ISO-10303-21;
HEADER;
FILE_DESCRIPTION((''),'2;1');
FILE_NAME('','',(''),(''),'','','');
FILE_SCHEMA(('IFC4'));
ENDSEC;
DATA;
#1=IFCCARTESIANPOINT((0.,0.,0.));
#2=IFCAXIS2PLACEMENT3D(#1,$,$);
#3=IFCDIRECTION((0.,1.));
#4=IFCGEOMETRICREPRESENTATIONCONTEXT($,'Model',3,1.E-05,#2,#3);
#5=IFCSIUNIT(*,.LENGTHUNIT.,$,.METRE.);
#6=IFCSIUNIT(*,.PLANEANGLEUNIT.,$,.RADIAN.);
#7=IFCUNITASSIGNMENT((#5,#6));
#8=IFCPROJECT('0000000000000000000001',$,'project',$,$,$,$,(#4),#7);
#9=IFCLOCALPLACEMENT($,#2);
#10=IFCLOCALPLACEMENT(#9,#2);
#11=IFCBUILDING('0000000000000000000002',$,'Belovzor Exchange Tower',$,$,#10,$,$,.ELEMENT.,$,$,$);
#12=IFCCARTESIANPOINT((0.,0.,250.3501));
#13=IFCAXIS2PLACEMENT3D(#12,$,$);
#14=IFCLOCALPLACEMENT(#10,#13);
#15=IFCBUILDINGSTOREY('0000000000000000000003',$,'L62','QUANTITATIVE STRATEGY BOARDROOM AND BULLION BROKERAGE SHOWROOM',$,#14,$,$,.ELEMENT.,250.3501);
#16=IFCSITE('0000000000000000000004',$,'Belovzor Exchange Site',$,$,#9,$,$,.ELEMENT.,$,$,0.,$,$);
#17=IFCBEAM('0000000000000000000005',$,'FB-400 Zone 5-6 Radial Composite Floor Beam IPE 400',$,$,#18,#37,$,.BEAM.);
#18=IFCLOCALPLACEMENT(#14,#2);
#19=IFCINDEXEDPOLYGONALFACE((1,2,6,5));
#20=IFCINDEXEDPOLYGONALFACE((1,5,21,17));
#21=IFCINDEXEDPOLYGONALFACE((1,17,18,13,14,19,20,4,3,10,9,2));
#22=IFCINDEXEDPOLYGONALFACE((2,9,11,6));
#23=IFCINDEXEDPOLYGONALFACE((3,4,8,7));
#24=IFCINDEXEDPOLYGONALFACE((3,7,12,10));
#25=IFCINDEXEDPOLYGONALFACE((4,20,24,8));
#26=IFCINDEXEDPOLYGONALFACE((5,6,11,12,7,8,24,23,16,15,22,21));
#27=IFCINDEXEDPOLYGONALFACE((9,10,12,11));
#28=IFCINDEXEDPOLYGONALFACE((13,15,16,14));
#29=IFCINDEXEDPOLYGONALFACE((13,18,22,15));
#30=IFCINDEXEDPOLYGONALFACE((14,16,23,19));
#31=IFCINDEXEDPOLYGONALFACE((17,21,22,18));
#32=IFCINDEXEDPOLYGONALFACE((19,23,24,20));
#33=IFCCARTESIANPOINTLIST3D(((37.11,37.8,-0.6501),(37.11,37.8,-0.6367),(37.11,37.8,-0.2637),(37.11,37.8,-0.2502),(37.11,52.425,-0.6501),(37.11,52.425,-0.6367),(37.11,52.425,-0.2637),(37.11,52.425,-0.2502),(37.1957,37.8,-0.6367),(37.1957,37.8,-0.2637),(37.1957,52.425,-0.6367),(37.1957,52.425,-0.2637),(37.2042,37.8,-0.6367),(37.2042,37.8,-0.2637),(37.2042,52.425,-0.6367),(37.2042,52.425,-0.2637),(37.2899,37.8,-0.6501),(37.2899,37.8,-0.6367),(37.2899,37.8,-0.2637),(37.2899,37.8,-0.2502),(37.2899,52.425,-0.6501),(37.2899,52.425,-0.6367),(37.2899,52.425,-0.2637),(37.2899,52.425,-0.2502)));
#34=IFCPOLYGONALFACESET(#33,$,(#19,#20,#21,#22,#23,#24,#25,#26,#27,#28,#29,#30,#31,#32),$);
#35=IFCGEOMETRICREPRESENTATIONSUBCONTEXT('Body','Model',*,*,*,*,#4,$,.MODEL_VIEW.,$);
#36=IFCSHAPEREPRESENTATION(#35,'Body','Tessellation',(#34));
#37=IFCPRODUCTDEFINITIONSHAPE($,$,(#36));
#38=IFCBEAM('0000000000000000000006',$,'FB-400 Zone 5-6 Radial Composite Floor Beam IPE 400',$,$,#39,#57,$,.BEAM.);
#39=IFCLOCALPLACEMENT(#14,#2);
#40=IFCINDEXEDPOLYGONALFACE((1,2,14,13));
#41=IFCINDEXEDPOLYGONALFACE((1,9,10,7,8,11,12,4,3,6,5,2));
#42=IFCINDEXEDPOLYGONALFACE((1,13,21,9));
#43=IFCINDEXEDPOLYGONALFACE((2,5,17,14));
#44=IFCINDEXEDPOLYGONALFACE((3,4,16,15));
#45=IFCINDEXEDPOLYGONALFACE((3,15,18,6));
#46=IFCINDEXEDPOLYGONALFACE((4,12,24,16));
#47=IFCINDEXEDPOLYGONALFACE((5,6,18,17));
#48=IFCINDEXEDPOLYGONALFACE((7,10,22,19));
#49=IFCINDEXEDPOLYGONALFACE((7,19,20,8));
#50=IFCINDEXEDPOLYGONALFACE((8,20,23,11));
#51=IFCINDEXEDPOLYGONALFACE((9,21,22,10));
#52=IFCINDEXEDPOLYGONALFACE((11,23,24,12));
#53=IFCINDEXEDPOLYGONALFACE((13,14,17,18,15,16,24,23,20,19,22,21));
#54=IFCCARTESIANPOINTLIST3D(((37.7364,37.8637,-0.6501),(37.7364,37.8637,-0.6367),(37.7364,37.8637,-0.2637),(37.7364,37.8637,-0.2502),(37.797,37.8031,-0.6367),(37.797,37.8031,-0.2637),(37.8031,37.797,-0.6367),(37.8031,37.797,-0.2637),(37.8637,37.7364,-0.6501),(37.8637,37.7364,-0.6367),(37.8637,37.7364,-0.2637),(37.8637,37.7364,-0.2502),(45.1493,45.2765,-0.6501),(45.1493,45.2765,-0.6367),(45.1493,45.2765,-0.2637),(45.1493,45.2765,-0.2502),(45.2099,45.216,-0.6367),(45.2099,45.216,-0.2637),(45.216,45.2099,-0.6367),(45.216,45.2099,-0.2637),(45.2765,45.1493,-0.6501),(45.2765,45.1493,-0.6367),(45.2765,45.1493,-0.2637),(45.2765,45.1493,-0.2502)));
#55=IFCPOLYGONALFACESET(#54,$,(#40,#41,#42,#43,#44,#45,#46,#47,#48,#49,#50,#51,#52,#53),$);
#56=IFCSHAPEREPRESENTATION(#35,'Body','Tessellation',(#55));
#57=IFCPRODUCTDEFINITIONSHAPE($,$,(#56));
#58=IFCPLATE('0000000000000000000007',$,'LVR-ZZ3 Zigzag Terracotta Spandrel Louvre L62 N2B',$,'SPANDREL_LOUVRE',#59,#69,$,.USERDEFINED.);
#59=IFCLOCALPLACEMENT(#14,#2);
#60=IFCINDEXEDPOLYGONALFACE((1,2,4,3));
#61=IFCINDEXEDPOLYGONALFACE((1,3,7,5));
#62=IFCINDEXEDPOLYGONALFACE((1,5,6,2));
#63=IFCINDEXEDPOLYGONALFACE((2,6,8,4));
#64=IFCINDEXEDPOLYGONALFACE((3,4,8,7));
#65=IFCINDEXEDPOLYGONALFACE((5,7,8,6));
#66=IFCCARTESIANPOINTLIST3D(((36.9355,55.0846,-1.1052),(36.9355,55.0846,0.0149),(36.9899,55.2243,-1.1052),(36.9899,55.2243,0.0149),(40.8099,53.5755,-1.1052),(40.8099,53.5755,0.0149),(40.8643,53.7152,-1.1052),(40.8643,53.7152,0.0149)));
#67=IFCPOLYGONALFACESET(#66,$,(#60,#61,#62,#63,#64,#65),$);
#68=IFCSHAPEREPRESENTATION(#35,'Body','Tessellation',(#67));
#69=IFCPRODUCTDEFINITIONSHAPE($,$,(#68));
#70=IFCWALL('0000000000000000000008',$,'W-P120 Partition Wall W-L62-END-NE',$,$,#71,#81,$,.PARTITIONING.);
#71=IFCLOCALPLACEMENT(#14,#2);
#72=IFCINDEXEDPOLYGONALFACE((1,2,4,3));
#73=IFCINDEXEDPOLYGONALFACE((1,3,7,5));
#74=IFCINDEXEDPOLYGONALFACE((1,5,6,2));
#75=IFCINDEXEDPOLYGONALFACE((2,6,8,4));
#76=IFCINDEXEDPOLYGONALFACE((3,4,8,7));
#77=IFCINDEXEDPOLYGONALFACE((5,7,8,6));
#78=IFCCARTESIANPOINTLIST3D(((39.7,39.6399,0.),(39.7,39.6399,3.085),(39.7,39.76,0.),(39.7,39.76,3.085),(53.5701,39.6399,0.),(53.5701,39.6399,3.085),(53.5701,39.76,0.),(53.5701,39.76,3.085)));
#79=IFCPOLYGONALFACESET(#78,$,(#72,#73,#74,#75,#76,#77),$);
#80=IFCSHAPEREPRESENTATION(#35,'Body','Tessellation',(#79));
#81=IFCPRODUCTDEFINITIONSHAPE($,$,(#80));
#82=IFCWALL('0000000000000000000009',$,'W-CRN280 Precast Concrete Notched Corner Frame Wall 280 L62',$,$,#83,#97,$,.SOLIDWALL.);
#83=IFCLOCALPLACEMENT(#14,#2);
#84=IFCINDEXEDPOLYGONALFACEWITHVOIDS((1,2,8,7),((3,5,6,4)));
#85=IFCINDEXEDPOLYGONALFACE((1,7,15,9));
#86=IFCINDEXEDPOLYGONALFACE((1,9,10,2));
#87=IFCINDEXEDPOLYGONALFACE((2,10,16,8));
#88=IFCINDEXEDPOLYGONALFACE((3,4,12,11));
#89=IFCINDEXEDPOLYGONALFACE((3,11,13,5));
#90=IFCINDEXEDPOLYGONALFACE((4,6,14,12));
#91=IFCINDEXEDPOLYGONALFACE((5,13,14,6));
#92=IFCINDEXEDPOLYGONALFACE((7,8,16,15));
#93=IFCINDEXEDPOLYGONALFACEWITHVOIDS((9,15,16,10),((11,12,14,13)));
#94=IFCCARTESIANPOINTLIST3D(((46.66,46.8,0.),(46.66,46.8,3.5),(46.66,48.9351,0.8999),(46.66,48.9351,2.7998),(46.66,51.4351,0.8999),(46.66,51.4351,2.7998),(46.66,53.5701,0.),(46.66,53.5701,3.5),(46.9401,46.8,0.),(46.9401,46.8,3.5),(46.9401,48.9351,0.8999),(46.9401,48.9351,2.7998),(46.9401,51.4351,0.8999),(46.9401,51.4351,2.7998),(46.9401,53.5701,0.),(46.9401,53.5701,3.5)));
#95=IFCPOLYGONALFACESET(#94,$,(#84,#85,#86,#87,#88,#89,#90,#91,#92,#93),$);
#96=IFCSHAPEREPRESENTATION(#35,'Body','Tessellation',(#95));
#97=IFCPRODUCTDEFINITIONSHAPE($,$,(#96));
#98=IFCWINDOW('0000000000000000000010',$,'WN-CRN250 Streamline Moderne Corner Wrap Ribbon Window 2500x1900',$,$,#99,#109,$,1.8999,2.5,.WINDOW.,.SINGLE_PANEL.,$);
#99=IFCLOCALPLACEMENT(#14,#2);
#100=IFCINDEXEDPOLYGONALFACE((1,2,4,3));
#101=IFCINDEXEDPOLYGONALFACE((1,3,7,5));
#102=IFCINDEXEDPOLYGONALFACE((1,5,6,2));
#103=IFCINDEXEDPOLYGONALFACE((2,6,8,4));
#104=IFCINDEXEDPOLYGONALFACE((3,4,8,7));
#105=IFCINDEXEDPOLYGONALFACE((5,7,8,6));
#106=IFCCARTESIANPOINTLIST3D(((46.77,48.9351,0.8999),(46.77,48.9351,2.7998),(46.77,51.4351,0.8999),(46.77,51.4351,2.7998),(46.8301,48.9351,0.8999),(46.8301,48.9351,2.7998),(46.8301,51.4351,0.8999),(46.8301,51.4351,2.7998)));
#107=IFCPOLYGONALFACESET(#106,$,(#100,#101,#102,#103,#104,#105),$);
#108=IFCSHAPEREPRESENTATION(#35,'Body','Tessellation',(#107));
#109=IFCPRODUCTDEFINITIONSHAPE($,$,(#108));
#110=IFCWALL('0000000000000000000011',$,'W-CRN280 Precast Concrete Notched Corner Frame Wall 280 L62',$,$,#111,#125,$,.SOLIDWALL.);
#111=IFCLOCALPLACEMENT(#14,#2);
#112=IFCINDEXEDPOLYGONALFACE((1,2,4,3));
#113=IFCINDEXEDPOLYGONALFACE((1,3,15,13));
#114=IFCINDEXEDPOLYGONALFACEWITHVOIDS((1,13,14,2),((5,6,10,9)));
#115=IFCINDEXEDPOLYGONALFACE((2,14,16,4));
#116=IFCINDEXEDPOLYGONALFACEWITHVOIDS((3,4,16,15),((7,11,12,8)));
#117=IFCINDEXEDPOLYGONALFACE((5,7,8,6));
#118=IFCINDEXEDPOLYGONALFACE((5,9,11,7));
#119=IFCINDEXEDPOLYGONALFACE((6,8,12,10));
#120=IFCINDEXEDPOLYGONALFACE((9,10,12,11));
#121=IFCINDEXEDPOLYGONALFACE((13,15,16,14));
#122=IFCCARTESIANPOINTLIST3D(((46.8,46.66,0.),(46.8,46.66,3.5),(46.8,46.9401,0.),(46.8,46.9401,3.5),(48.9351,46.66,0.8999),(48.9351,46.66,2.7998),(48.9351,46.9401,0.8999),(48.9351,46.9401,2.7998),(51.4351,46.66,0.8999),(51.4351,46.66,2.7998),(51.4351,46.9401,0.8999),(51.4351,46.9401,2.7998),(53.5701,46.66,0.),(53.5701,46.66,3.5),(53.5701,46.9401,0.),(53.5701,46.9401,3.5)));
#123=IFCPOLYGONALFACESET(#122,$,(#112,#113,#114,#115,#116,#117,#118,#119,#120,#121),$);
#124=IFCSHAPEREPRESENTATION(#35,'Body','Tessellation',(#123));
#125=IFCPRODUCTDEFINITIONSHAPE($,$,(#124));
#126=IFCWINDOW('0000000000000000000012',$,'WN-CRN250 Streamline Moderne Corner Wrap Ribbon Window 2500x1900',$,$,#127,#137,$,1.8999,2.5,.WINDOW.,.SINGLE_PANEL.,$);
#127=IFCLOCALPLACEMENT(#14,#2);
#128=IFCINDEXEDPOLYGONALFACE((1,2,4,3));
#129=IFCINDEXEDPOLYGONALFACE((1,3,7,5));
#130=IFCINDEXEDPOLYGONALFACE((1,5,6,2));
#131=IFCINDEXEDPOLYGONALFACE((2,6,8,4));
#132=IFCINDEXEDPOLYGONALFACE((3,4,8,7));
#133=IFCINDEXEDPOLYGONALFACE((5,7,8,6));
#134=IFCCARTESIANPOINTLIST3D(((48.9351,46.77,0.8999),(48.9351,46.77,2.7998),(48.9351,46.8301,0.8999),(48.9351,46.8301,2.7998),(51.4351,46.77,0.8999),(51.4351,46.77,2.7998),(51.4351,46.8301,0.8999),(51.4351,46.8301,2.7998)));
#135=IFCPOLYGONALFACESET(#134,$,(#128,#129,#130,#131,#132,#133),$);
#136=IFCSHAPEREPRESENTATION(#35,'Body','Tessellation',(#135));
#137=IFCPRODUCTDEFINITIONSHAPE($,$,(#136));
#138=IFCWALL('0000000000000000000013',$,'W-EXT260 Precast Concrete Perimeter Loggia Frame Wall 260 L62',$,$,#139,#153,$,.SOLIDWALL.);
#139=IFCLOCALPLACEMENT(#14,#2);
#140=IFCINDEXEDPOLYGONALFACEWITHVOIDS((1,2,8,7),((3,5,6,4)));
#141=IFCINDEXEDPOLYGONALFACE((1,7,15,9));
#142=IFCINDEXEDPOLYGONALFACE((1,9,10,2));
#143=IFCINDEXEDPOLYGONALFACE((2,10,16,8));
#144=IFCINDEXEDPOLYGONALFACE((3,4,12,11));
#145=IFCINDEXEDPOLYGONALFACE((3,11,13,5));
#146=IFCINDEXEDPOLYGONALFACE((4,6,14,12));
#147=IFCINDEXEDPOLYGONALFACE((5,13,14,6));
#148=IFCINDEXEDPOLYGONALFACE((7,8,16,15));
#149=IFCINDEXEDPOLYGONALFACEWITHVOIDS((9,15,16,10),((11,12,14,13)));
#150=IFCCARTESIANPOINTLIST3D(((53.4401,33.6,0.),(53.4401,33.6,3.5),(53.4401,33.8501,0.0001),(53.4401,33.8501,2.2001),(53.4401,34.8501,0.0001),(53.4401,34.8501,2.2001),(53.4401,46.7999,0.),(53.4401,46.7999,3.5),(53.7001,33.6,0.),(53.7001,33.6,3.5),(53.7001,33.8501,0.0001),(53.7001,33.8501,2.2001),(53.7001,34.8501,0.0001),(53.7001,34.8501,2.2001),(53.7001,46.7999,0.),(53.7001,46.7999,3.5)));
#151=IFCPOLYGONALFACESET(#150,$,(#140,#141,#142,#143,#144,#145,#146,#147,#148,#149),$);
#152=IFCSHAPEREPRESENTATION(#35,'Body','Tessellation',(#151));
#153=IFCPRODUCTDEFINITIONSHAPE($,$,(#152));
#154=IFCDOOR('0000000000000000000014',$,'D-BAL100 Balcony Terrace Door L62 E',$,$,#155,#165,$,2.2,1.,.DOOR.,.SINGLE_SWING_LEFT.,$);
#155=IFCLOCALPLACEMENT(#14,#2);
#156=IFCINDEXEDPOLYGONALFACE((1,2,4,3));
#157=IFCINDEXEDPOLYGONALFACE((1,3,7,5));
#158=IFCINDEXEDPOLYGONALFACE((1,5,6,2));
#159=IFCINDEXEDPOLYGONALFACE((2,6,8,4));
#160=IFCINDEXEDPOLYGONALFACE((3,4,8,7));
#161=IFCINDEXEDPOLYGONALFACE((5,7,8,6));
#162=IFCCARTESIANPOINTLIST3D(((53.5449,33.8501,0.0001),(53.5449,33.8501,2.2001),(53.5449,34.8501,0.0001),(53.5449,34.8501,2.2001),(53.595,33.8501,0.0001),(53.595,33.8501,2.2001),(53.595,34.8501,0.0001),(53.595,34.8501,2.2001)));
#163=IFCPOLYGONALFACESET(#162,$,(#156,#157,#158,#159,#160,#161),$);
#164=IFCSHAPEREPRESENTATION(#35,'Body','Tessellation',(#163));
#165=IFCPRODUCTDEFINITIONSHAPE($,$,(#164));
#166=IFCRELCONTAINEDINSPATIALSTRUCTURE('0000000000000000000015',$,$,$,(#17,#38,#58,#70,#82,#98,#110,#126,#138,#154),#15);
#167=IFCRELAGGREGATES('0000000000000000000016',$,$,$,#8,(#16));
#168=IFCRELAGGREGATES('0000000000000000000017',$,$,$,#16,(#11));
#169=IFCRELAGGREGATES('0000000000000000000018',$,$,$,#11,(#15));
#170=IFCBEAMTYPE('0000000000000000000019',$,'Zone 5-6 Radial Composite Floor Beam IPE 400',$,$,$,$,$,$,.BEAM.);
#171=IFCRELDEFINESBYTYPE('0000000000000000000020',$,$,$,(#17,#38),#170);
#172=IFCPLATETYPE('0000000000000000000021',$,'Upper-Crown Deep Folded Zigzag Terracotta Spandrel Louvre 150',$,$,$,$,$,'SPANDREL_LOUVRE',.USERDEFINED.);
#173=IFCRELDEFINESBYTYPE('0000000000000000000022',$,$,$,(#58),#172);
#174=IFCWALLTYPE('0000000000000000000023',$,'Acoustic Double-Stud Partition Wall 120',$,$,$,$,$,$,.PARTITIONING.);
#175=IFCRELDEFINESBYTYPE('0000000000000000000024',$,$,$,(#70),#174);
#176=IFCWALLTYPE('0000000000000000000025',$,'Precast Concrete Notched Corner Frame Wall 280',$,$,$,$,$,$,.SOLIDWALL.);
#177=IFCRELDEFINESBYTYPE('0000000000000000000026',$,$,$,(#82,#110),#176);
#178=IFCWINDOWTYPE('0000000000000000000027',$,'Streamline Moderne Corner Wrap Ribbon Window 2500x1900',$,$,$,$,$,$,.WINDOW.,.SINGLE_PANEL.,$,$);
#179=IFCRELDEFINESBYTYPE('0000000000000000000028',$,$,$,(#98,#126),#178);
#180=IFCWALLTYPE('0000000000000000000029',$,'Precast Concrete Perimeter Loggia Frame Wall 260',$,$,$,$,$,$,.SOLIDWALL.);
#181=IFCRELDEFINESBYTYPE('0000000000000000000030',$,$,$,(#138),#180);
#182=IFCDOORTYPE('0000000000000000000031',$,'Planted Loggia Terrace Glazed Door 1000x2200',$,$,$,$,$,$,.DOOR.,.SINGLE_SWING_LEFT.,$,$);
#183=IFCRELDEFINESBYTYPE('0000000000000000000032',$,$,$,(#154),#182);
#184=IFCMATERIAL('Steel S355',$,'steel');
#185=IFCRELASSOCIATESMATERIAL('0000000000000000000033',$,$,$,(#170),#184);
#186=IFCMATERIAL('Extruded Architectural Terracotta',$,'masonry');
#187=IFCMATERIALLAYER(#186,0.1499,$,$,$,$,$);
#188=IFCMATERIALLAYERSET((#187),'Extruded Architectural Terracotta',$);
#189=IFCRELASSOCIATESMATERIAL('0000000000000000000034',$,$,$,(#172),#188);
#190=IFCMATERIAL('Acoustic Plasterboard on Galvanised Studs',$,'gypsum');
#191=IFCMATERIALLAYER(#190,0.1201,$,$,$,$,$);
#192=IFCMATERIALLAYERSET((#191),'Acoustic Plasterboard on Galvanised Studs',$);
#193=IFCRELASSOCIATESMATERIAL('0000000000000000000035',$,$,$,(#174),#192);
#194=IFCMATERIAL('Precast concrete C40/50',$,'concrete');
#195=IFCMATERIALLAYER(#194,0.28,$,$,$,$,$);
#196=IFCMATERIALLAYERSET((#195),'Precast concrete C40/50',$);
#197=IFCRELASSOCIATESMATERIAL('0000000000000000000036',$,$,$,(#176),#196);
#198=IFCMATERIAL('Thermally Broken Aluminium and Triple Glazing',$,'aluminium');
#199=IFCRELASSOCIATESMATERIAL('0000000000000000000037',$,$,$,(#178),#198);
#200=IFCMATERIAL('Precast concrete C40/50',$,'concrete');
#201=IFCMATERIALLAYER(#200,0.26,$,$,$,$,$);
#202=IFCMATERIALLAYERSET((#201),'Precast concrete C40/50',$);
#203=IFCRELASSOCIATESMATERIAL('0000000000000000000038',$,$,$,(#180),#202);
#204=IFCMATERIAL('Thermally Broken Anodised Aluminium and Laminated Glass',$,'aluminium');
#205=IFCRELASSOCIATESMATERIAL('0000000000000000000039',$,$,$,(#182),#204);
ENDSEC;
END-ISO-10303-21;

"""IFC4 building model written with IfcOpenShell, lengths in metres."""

from ifc_helpers import new_model, si_unit, direction, frame, frame_2d, origin, origin_2d, place, context, subcontext, project, spatial, rectangle, i_section, extrude, material, layer, layer_set, material_profile, profile_set, type_object, element, fill, save


model = new_model("IFC4")

# Units and contexts
model_context = context("Model", 3, precision=1e-05, world=origin(), true_north=direction((0.0, 1.0)))
body_context = subcontext(model_context, "Body", "Model", "MODEL_VIEW")
ifc_project = project(units=[si_unit("LENGTHUNIT", "METRE"), si_unit("PLANEANGLEUNIT", "RADIAN")], contexts=[model_context])

# Site, building, storey
site_placement = place(None, origin())
site = spatial("IfcSite", under=ifc_project, at=site_placement, Name="Belovzor Exchange Site", CompositionType="ELEMENT", RefElevation=0.0)
building_placement = place(site_placement, origin())
building = spatial("IfcBuilding", under=site, at=building_placement, Name="Belovzor Exchange Tower", CompositionType="ELEMENT")
storey_placement = place(building_placement, frame((0.0, 0.0, 250.3501)))
storey = spatial("IfcBuildingStorey", under=building, at=storey_placement, Name="L62", Description="QUANTITATIVE STRATEGY BOARDROOM AND BULLION BROKERAGE SHOWROOM", CompositionType="ELEMENT", Elevation=250.3501)

# Beams
ifc_material_1 = material(Name="Steel S355", Category="steel")
ifc_material_profile_1 = material_profile(ifc_material_1, i_section(OverallWidth=0.1799, OverallDepth=0.3999, WebThickness=0.0085, FlangeThickness=0.0134, at=origin_2d()))
ifc_profile_set_1 = profile_set([ifc_material_profile_1], Name="Steel S355")
beam_type_1 = type_object("IfcBeamType", Name="Zone 5-6 Radial Composite Floor Beam IPE 400", PredefinedType="BEAM", material=ifc_profile_set_1)
beam_1_placement = place(storey_placement, frame((37.2, 37.8, -0.4502), z_axis=(0.0, 1.0, 0.0), x_axis=(-1.0, 0.0, 0.0)))
element("IfcBeam", 1, at=beam_1_placement, inside=storey, type_object=beam_type_1, Name="FB-400 Zone 5-6 Radial Composite Floor Beam IPE 400", PredefinedType="BEAM", context=body_context, shape_type="SweptSolid", body=[
    extrude(i_section(OverallWidth=0.1799, OverallDepth=0.3999, WebThickness=0.0085, FlangeThickness=0.0134, at=origin_2d()), origin(), (0.0, 0.0, 1.0), 14.625),
])
beam_2_placement = place(storey_placement, frame((37.8, 37.8, -0.4502), z_axis=(0.707107, 0.707107, 0.0), x_axis=(-0.707107, 0.707107, 0.0)))
element("IfcBeam", 2, at=beam_2_placement, inside=storey, type_object=beam_type_1, Name="FB-400 Zone 5-6 Radial Composite Floor Beam IPE 400", PredefinedType="BEAM", context=body_context, shape_type="SweptSolid", body=[
    extrude(i_section(OverallWidth=0.1799, OverallDepth=0.3999, WebThickness=0.0085, FlangeThickness=0.0134, at=origin_2d()), origin(), (0.0, 0.0, 1.0), 10.4834),
])

# Plate
ifc_material_2 = material(Name="Extruded Architectural Terracotta", Category="masonry")
ifc_layer_1 = layer(ifc_material_2, 0.1499)
ifc_layer_set_1 = layer_set([ifc_layer_1], Name="Extruded Architectural Terracotta")
plate_type = type_object("IfcPlateType", Name="Upper-Crown Deep Folded Zigzag Terracotta Spandrel Louvre 150", ElementType="SPANDREL_LOUVRE", PredefinedType="USERDEFINED", material=ifc_layer_set_1)
plate_placement = place(storey_placement, frame((38.8999, 54.3999, -1.1052), z_axis=(0.0, 0.0, 1.0), x_axis=(0.931818, -0.362926, 0.0)))
element("IfcPlate", 3, at=plate_placement, inside=storey, type_object=plate_type, Name="LVR-ZZ3 Zigzag Terracotta Spandrel Louvre L62 N2B", ObjectType="SPANDREL_LOUVRE", PredefinedType="USERDEFINED", context=body_context, shape_type="SweptSolid", body=[
    extrude(rectangle(XDim=4.158, YDim=0.1499, at=origin_2d()), origin(), (0.0, 0.0, 1.0), 1.1201),
])

# Wall
ifc_material_3 = material(Name="Acoustic Plasterboard on Galvanised Studs", Category="gypsum")
ifc_layer_2 = layer(ifc_material_3, 0.1201)
ifc_layer_set_2 = layer_set([ifc_layer_2], Name="Acoustic Plasterboard on Galvanised Studs")
wall_type_1 = type_object("IfcWallType", Name="Acoustic Double-Stud Partition Wall 120", PredefinedType="PARTITIONING", material=ifc_layer_set_2)
wall_1_placement = place(storey_placement, frame((39.7, 39.7, 0.0), z_axis=(0.0, 0.0, 1.0), x_axis=(1.0, 0.0, 0.0)))
element("IfcWall", 4, at=wall_1_placement, inside=storey, type_object=wall_type_1, Name="W-P120 Partition Wall W-L62-END-NE", PredefinedType="PARTITIONING", context=body_context, shape_type="SweptSolid", body=[
    extrude(rectangle(XDim=13.8701, YDim=0.1201, at=frame_2d((6.9351, 0.0))), origin(), (0.0, 0.0, 1.0), 3.085),
])

# Walls, openings, windows
ifc_material_4 = material(Name="Precast concrete C40/50", Category="concrete")
ifc_layer_3 = layer(ifc_material_4, 0.28)
ifc_layer_set_3 = layer_set([ifc_layer_3], Name="Precast concrete C40/50")
wall_type_2 = type_object("IfcWallType", Name="Precast Concrete Notched Corner Frame Wall 280", PredefinedType="SOLIDWALL", material=ifc_layer_set_3)
wall_2_placement = place(storey_placement, frame((46.8, 53.5701, 0.0), z_axis=(0.0, 0.0, 1.0), x_axis=(0.0, -1.0, 0.0)))
wall_2 = element("IfcWall", 5, at=wall_2_placement, inside=storey, type_object=wall_type_2, Name="W-CRN280 Precast Concrete Notched Corner Frame Wall 280 L62", PredefinedType="SOLIDWALL", context=body_context, shape_type="SweptSolid", body=[
    extrude(rectangle(XDim=6.77, YDim=0.28, at=frame_2d((3.385, 0.0))), origin(), (0.0, 0.0, 1.0), 3.5),
])
opening_1_placement = place(wall_2_placement, frame((2.135, 0.0, 0.8999)))
opening_1 = element("IfcOpeningElement", 6, at=opening_1_placement, cuts=wall_2, PredefinedType="OPENING", context=body_context, shape_type="SweptSolid", body=[
    extrude(rectangle(XDim=2.5, YDim=1.8999, at=frame_2d((1.25, 0.95))), frame((0.0, 0.1499, 0.0), z_axis=(0.0, -1.0, 0.0), x_axis=(1.0, 0.0, 0.0)), (0.0, 0.0, 1.0), 0.3),
])
ifc_material_5 = material(Name="Thermally Broken Aluminium and Triple Glazing", Category="aluminium")
window_type = type_object("IfcWindowType", Name="Streamline Moderne Corner Wrap Ribbon Window 2500x1900", PartitioningType="SINGLE_PANEL", PredefinedType="WINDOW", material=ifc_material_5)
window_1_placement = place(opening_1_placement, origin())
window_1 = element("IfcWindow", 7, at=window_1_placement, inside=storey, type_object=window_type, Name="WN-CRN250 Streamline Moderne Corner Wrap Ribbon Window 2500x1900", OverallHeight=1.8999, OverallWidth=2.5, PartitioningType="SINGLE_PANEL", PredefinedType="WINDOW", context=body_context, shape_type="SweptSolid", body=[
    extrude(rectangle(XDim=2.5, YDim=1.8999, at=frame_2d((1.25, 0.95))), frame((0.0, 0.03, 0.0), z_axis=(0.0, -1.0, 0.0), x_axis=(1.0, 0.0, 0.0)), (0.0, 0.0, 1.0), 0.0601),
])
fill(opening_1, window_1)
wall_3_placement = place(storey_placement, frame((46.8, 46.8, 0.0), z_axis=(0.0, 0.0, 1.0), x_axis=(1.0, 0.0, 0.0)))
wall_3 = element("IfcWall", 8, at=wall_3_placement, inside=storey, type_object=wall_type_2, Name="W-CRN280 Precast Concrete Notched Corner Frame Wall 280 L62", PredefinedType="SOLIDWALL", context=body_context, shape_type="SweptSolid", body=[
    extrude(rectangle(XDim=6.77, YDim=0.28, at=frame_2d((3.385, 0.0))), origin(), (0.0, 0.0, 1.0), 3.5),
])
opening_2_placement = place(wall_3_placement, frame((2.135, 0.0, 0.8999)))
opening_2 = element("IfcOpeningElement", 9, at=opening_2_placement, cuts=wall_3, PredefinedType="OPENING", context=body_context, shape_type="SweptSolid", body=[
    extrude(rectangle(XDim=2.5, YDim=1.8999, at=frame_2d((1.25, 0.95))), frame((0.0, 0.1499, 0.0), z_axis=(0.0, -1.0, 0.0), x_axis=(1.0, 0.0, 0.0)), (0.0, 0.0, 1.0), 0.3),
])
window_2_placement = place(opening_2_placement, origin())
window_2 = element("IfcWindow", 10, at=window_2_placement, inside=storey, type_object=window_type, Name="WN-CRN250 Streamline Moderne Corner Wrap Ribbon Window 2500x1900", OverallHeight=1.8999, OverallWidth=2.5, PartitioningType="SINGLE_PANEL", PredefinedType="WINDOW", context=body_context, shape_type="SweptSolid", body=[
    extrude(rectangle(XDim=2.5, YDim=1.8999, at=frame_2d((1.25, 0.95))), frame((0.0, 0.03, 0.0), z_axis=(0.0, -1.0, 0.0), x_axis=(1.0, 0.0, 0.0)), (0.0, 0.0, 1.0), 0.0601),
])
fill(opening_2, window_2)

# Wall, opening, door
ifc_material_6 = material(Name="Precast concrete C40/50", Category="concrete")
ifc_layer_4 = layer(ifc_material_6, 0.26)
ifc_layer_set_4 = layer_set([ifc_layer_4], Name="Precast concrete C40/50")
wall_type_3 = type_object("IfcWallType", Name="Precast Concrete Perimeter Loggia Frame Wall 260", PredefinedType="SOLIDWALL", material=ifc_layer_set_4)
wall_4_placement = place(storey_placement, frame((53.5701, 46.8, 0.0), z_axis=(0.0, 0.0, 1.0), x_axis=(0.0, -1.0, 0.0)))
wall_4 = element("IfcWall", 11, at=wall_4_placement, inside=storey, type_object=wall_type_3, Name="W-EXT260 Precast Concrete Perimeter Loggia Frame Wall 260 L62", PredefinedType="SOLIDWALL", context=body_context, shape_type="SweptSolid", body=[
    extrude(rectangle(XDim=13.2, YDim=0.26, at=frame_2d((6.6001, 0.0))), origin(), (0.0, 0.0, 1.0), 3.5),
])
opening_3_placement = place(wall_4_placement, frame((11.95, 0.0, 0.0)))
opening_3 = element("IfcOpeningElement", 12, at=opening_3_placement, cuts=wall_4, PredefinedType="OPENING", context=body_context, shape_type="SweptSolid", body=[
    extrude(rectangle(XDim=1.0, YDim=2.2, at=frame_2d((0.5, 1.1001))), frame((0.0, 0.1399, 0.0), z_axis=(0.0, -1.0, 0.0), x_axis=(1.0, 0.0, 0.0)), (0.0, 0.0, 1.0), 0.28),
])
ifc_material_7 = material(Name="Thermally Broken Anodised Aluminium and Laminated Glass", Category="aluminium")
door_type = type_object("IfcDoorType", Name="Planted Loggia Terrace Glazed Door 1000x2200", OperationType="SINGLE_SWING_LEFT", PredefinedType="DOOR", material=ifc_material_7)
door_placement = place(opening_3_placement, origin())
door = element("IfcDoor", 13, at=door_placement, inside=storey, type_object=door_type, Name="D-BAL100 Balcony Terrace Door L62 E", OperationType="SINGLE_SWING_LEFT", OverallHeight=2.2, OverallWidth=1.0, PredefinedType="DOOR", context=body_context, shape_type="SweptSolid", body=[
    extrude(rectangle(XDim=1.0, YDim=2.2, at=frame_2d((0.5, 1.1001))), frame((0.0, 0.0249, 0.0), z_axis=(0.0, -1.0, 0.0), x_axis=(1.0, 0.0, 0.0)), (0.0, 0.0, 1.0), 0.05),
])
fill(opening_3, door)

save(model, "model.ifc")
